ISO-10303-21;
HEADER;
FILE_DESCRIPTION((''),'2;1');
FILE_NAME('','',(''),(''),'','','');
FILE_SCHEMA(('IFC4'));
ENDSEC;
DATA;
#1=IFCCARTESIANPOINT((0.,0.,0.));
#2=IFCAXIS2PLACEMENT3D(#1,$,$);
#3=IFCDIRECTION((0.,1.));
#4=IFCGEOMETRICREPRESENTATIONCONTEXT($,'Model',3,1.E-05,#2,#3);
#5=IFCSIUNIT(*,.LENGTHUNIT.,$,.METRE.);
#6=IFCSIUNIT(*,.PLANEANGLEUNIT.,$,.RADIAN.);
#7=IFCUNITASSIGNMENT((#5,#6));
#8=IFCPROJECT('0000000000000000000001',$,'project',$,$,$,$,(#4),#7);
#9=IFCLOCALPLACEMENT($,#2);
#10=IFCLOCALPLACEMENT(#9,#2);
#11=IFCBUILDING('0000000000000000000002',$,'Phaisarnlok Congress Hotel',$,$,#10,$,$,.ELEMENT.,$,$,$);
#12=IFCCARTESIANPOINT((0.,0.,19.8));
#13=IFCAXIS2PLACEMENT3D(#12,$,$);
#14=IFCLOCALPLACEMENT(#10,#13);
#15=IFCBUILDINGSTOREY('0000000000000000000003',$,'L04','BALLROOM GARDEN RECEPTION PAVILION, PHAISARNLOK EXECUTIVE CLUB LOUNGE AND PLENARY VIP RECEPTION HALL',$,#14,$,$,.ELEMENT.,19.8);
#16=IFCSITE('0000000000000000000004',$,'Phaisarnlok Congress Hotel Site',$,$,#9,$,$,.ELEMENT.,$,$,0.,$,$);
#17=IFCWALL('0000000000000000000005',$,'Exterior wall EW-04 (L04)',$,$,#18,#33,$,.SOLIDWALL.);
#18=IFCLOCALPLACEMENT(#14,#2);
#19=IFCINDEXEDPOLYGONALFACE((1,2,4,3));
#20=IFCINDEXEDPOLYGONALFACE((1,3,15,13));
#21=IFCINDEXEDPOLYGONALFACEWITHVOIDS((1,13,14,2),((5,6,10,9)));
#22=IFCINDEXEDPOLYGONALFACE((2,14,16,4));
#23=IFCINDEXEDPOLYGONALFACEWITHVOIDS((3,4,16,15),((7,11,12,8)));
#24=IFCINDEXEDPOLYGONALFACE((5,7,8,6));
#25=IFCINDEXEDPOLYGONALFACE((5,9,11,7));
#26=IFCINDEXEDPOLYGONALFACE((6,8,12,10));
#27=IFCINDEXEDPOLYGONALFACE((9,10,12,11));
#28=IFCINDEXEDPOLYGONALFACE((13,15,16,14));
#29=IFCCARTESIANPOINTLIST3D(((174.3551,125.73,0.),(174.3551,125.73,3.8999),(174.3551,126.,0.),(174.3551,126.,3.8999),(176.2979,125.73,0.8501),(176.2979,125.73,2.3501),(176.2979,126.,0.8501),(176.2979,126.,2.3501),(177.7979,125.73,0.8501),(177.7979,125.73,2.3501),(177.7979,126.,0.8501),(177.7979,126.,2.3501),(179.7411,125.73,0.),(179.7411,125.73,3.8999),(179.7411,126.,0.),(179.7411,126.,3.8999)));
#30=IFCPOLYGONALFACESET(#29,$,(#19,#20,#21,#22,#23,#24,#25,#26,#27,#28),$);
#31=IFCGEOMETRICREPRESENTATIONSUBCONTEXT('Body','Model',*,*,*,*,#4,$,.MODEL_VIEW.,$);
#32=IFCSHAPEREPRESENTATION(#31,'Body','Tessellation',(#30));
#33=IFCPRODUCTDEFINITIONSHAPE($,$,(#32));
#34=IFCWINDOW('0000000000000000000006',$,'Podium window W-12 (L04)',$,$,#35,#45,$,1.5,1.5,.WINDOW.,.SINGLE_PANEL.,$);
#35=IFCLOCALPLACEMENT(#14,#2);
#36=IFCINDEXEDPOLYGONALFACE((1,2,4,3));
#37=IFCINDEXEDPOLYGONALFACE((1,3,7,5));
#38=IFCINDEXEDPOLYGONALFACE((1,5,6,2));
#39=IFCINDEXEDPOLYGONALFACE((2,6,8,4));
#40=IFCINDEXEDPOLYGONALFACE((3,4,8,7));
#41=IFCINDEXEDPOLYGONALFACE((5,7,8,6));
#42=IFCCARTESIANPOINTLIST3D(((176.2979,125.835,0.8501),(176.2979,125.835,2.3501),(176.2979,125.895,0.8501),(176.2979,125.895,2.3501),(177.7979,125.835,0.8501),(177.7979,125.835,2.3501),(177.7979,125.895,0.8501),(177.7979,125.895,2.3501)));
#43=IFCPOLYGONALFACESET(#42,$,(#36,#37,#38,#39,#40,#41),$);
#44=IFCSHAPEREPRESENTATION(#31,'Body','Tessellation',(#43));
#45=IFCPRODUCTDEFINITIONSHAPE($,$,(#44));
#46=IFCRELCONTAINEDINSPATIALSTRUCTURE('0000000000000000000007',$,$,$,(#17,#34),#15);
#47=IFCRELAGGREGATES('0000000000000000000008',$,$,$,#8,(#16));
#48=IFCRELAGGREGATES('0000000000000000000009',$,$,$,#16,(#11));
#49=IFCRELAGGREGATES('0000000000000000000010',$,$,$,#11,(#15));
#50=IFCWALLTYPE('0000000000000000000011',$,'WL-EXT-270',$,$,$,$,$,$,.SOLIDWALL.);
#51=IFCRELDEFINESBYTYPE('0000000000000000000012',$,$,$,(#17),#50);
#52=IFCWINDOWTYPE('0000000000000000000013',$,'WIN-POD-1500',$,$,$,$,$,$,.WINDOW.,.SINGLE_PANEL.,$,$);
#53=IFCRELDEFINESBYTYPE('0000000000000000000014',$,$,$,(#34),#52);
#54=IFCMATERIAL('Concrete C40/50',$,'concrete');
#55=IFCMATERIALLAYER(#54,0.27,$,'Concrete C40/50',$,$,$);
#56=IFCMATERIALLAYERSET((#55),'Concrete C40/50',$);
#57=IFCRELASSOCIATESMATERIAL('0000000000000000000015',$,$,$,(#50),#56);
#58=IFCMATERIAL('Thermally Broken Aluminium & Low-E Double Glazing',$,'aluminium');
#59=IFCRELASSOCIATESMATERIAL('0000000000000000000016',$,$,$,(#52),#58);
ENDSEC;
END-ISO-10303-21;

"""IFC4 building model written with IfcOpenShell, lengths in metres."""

from ifc_helpers import new_model, si_unit, direction, frame, frame_2d, origin, place, context, subcontext, project, spatial, rectangle, extrude, material, layer, layer_set, type_object, element, fill, save


model = new_model("IFC4")

# Units and contexts
model_context = context("Model", 3, precision=1e-05, world=origin(), true_north=direction((0.0, 1.0)))
body_context = subcontext(model_context, "Body", "Model", "MODEL_VIEW")
ifc_project = project(units=[si_unit("LENGTHUNIT", "METRE"), si_unit("PLANEANGLEUNIT", "RADIAN")], contexts=[model_context])

# Site, building, storey
site_placement = place(None, origin())
site = spatial("IfcSite", under=ifc_project, at=site_placement, Name="Phaisarnlok Congress Hotel Site", CompositionType="ELEMENT", RefElevation=0.0)
building_placement = place(site_placement, origin())
building = spatial("IfcBuilding", under=site, at=building_placement, Name="Phaisarnlok Congress Hotel", CompositionType="ELEMENT")
storey_placement = place(building_placement, frame((0.0, 0.0, 19.8)))
storey = spatial("IfcBuildingStorey", under=building, at=storey_placement, Name="L04", Description="BALLROOM GARDEN RECEPTION PAVILION, PHAISARNLOK EXECUTIVE CLUB LOUNGE AND PLENARY VIP RECEPTION HALL", CompositionType="ELEMENT", Elevation=19.8)

# Shared definitions
ifc_material_1 = material(Name="Concrete C40/50", Category="concrete")

# Wall, opening, window
ifc_layer_1 = layer(ifc_material_1, 0.27, Name="Concrete C40/50")
ifc_layer_set_1 = layer_set([ifc_layer_1], Name="Concrete C40/50")
wall_type_1 = type_object("IfcWallType", Name="WL-EXT-270", PredefinedType="SOLIDWALL", material=ifc_layer_set_1)
wall_1_placement = place(storey_placement, frame((179.741, 125.865, 0.0), z_axis=(0.0, 0.0, 1.0), x_axis=(-1.0, 0.0, 0.0)))
wall_1 = element("IfcWall", 1, at=wall_1_placement, inside=storey, type_object=wall_type_1, Name="Exterior wall EW-04 (L04)", PredefinedType="SOLIDWALL", context=body_context, shape_type="SweptSolid", body=[
    extrude(rectangle(XDim=5.386, YDim=0.27, at=frame_2d((2.6929, 0.0))), origin(), (0.0, 0.0, 1.0), 3.8999),
])
opening_placement = place(wall_1_placement, frame((1.9431, 0.0, 0.8501)))
opening = element("IfcOpeningElement", 2, at=opening_placement, cuts=wall_1, PredefinedType="OPENING", context=body_context, shape_type="SweptSolid", body=[
    extrude(rectangle(XDim=1.5, YDim=1.5, at=frame_2d((0.75, 0.75))), frame((0.0, 0.145, 0.0), z_axis=(0.0, -1.0, 0.0), x_axis=(1.0, 0.0, 0.0)), (0.0, 0.0, 1.0), 0.29),
])
ifc_material_2 = material(Name="Thermally Broken Aluminium & Low-E Double Glazing", Category="aluminium")
window_type = type_object("IfcWindowType", Name="WIN-POD-1500", PartitioningType="SINGLE_PANEL", PredefinedType="WINDOW", material=ifc_material_2)
window_placement = place(opening_placement, origin())
window = element("IfcWindow", 3, at=window_placement, inside=storey, type_object=window_type, Name="Podium window W-12 (L04)", OverallHeight=1.5, OverallWidth=1.5, PartitioningType="SINGLE_PANEL", PredefinedType="WINDOW", context=body_context, shape_type="SweptSolid", body=[
    extrude(rectangle(XDim=1.5, YDim=1.5, at=frame_2d((0.75, 0.75))), frame((0.0, 0.03, 0.0), z_axis=(0.0, -1.0, 0.0), x_axis=(1.0, 0.0, 0.0)), (0.0, 0.0, 1.0), 0.0601),
])
fill(opening, window)

save(model, "model.ifc")
